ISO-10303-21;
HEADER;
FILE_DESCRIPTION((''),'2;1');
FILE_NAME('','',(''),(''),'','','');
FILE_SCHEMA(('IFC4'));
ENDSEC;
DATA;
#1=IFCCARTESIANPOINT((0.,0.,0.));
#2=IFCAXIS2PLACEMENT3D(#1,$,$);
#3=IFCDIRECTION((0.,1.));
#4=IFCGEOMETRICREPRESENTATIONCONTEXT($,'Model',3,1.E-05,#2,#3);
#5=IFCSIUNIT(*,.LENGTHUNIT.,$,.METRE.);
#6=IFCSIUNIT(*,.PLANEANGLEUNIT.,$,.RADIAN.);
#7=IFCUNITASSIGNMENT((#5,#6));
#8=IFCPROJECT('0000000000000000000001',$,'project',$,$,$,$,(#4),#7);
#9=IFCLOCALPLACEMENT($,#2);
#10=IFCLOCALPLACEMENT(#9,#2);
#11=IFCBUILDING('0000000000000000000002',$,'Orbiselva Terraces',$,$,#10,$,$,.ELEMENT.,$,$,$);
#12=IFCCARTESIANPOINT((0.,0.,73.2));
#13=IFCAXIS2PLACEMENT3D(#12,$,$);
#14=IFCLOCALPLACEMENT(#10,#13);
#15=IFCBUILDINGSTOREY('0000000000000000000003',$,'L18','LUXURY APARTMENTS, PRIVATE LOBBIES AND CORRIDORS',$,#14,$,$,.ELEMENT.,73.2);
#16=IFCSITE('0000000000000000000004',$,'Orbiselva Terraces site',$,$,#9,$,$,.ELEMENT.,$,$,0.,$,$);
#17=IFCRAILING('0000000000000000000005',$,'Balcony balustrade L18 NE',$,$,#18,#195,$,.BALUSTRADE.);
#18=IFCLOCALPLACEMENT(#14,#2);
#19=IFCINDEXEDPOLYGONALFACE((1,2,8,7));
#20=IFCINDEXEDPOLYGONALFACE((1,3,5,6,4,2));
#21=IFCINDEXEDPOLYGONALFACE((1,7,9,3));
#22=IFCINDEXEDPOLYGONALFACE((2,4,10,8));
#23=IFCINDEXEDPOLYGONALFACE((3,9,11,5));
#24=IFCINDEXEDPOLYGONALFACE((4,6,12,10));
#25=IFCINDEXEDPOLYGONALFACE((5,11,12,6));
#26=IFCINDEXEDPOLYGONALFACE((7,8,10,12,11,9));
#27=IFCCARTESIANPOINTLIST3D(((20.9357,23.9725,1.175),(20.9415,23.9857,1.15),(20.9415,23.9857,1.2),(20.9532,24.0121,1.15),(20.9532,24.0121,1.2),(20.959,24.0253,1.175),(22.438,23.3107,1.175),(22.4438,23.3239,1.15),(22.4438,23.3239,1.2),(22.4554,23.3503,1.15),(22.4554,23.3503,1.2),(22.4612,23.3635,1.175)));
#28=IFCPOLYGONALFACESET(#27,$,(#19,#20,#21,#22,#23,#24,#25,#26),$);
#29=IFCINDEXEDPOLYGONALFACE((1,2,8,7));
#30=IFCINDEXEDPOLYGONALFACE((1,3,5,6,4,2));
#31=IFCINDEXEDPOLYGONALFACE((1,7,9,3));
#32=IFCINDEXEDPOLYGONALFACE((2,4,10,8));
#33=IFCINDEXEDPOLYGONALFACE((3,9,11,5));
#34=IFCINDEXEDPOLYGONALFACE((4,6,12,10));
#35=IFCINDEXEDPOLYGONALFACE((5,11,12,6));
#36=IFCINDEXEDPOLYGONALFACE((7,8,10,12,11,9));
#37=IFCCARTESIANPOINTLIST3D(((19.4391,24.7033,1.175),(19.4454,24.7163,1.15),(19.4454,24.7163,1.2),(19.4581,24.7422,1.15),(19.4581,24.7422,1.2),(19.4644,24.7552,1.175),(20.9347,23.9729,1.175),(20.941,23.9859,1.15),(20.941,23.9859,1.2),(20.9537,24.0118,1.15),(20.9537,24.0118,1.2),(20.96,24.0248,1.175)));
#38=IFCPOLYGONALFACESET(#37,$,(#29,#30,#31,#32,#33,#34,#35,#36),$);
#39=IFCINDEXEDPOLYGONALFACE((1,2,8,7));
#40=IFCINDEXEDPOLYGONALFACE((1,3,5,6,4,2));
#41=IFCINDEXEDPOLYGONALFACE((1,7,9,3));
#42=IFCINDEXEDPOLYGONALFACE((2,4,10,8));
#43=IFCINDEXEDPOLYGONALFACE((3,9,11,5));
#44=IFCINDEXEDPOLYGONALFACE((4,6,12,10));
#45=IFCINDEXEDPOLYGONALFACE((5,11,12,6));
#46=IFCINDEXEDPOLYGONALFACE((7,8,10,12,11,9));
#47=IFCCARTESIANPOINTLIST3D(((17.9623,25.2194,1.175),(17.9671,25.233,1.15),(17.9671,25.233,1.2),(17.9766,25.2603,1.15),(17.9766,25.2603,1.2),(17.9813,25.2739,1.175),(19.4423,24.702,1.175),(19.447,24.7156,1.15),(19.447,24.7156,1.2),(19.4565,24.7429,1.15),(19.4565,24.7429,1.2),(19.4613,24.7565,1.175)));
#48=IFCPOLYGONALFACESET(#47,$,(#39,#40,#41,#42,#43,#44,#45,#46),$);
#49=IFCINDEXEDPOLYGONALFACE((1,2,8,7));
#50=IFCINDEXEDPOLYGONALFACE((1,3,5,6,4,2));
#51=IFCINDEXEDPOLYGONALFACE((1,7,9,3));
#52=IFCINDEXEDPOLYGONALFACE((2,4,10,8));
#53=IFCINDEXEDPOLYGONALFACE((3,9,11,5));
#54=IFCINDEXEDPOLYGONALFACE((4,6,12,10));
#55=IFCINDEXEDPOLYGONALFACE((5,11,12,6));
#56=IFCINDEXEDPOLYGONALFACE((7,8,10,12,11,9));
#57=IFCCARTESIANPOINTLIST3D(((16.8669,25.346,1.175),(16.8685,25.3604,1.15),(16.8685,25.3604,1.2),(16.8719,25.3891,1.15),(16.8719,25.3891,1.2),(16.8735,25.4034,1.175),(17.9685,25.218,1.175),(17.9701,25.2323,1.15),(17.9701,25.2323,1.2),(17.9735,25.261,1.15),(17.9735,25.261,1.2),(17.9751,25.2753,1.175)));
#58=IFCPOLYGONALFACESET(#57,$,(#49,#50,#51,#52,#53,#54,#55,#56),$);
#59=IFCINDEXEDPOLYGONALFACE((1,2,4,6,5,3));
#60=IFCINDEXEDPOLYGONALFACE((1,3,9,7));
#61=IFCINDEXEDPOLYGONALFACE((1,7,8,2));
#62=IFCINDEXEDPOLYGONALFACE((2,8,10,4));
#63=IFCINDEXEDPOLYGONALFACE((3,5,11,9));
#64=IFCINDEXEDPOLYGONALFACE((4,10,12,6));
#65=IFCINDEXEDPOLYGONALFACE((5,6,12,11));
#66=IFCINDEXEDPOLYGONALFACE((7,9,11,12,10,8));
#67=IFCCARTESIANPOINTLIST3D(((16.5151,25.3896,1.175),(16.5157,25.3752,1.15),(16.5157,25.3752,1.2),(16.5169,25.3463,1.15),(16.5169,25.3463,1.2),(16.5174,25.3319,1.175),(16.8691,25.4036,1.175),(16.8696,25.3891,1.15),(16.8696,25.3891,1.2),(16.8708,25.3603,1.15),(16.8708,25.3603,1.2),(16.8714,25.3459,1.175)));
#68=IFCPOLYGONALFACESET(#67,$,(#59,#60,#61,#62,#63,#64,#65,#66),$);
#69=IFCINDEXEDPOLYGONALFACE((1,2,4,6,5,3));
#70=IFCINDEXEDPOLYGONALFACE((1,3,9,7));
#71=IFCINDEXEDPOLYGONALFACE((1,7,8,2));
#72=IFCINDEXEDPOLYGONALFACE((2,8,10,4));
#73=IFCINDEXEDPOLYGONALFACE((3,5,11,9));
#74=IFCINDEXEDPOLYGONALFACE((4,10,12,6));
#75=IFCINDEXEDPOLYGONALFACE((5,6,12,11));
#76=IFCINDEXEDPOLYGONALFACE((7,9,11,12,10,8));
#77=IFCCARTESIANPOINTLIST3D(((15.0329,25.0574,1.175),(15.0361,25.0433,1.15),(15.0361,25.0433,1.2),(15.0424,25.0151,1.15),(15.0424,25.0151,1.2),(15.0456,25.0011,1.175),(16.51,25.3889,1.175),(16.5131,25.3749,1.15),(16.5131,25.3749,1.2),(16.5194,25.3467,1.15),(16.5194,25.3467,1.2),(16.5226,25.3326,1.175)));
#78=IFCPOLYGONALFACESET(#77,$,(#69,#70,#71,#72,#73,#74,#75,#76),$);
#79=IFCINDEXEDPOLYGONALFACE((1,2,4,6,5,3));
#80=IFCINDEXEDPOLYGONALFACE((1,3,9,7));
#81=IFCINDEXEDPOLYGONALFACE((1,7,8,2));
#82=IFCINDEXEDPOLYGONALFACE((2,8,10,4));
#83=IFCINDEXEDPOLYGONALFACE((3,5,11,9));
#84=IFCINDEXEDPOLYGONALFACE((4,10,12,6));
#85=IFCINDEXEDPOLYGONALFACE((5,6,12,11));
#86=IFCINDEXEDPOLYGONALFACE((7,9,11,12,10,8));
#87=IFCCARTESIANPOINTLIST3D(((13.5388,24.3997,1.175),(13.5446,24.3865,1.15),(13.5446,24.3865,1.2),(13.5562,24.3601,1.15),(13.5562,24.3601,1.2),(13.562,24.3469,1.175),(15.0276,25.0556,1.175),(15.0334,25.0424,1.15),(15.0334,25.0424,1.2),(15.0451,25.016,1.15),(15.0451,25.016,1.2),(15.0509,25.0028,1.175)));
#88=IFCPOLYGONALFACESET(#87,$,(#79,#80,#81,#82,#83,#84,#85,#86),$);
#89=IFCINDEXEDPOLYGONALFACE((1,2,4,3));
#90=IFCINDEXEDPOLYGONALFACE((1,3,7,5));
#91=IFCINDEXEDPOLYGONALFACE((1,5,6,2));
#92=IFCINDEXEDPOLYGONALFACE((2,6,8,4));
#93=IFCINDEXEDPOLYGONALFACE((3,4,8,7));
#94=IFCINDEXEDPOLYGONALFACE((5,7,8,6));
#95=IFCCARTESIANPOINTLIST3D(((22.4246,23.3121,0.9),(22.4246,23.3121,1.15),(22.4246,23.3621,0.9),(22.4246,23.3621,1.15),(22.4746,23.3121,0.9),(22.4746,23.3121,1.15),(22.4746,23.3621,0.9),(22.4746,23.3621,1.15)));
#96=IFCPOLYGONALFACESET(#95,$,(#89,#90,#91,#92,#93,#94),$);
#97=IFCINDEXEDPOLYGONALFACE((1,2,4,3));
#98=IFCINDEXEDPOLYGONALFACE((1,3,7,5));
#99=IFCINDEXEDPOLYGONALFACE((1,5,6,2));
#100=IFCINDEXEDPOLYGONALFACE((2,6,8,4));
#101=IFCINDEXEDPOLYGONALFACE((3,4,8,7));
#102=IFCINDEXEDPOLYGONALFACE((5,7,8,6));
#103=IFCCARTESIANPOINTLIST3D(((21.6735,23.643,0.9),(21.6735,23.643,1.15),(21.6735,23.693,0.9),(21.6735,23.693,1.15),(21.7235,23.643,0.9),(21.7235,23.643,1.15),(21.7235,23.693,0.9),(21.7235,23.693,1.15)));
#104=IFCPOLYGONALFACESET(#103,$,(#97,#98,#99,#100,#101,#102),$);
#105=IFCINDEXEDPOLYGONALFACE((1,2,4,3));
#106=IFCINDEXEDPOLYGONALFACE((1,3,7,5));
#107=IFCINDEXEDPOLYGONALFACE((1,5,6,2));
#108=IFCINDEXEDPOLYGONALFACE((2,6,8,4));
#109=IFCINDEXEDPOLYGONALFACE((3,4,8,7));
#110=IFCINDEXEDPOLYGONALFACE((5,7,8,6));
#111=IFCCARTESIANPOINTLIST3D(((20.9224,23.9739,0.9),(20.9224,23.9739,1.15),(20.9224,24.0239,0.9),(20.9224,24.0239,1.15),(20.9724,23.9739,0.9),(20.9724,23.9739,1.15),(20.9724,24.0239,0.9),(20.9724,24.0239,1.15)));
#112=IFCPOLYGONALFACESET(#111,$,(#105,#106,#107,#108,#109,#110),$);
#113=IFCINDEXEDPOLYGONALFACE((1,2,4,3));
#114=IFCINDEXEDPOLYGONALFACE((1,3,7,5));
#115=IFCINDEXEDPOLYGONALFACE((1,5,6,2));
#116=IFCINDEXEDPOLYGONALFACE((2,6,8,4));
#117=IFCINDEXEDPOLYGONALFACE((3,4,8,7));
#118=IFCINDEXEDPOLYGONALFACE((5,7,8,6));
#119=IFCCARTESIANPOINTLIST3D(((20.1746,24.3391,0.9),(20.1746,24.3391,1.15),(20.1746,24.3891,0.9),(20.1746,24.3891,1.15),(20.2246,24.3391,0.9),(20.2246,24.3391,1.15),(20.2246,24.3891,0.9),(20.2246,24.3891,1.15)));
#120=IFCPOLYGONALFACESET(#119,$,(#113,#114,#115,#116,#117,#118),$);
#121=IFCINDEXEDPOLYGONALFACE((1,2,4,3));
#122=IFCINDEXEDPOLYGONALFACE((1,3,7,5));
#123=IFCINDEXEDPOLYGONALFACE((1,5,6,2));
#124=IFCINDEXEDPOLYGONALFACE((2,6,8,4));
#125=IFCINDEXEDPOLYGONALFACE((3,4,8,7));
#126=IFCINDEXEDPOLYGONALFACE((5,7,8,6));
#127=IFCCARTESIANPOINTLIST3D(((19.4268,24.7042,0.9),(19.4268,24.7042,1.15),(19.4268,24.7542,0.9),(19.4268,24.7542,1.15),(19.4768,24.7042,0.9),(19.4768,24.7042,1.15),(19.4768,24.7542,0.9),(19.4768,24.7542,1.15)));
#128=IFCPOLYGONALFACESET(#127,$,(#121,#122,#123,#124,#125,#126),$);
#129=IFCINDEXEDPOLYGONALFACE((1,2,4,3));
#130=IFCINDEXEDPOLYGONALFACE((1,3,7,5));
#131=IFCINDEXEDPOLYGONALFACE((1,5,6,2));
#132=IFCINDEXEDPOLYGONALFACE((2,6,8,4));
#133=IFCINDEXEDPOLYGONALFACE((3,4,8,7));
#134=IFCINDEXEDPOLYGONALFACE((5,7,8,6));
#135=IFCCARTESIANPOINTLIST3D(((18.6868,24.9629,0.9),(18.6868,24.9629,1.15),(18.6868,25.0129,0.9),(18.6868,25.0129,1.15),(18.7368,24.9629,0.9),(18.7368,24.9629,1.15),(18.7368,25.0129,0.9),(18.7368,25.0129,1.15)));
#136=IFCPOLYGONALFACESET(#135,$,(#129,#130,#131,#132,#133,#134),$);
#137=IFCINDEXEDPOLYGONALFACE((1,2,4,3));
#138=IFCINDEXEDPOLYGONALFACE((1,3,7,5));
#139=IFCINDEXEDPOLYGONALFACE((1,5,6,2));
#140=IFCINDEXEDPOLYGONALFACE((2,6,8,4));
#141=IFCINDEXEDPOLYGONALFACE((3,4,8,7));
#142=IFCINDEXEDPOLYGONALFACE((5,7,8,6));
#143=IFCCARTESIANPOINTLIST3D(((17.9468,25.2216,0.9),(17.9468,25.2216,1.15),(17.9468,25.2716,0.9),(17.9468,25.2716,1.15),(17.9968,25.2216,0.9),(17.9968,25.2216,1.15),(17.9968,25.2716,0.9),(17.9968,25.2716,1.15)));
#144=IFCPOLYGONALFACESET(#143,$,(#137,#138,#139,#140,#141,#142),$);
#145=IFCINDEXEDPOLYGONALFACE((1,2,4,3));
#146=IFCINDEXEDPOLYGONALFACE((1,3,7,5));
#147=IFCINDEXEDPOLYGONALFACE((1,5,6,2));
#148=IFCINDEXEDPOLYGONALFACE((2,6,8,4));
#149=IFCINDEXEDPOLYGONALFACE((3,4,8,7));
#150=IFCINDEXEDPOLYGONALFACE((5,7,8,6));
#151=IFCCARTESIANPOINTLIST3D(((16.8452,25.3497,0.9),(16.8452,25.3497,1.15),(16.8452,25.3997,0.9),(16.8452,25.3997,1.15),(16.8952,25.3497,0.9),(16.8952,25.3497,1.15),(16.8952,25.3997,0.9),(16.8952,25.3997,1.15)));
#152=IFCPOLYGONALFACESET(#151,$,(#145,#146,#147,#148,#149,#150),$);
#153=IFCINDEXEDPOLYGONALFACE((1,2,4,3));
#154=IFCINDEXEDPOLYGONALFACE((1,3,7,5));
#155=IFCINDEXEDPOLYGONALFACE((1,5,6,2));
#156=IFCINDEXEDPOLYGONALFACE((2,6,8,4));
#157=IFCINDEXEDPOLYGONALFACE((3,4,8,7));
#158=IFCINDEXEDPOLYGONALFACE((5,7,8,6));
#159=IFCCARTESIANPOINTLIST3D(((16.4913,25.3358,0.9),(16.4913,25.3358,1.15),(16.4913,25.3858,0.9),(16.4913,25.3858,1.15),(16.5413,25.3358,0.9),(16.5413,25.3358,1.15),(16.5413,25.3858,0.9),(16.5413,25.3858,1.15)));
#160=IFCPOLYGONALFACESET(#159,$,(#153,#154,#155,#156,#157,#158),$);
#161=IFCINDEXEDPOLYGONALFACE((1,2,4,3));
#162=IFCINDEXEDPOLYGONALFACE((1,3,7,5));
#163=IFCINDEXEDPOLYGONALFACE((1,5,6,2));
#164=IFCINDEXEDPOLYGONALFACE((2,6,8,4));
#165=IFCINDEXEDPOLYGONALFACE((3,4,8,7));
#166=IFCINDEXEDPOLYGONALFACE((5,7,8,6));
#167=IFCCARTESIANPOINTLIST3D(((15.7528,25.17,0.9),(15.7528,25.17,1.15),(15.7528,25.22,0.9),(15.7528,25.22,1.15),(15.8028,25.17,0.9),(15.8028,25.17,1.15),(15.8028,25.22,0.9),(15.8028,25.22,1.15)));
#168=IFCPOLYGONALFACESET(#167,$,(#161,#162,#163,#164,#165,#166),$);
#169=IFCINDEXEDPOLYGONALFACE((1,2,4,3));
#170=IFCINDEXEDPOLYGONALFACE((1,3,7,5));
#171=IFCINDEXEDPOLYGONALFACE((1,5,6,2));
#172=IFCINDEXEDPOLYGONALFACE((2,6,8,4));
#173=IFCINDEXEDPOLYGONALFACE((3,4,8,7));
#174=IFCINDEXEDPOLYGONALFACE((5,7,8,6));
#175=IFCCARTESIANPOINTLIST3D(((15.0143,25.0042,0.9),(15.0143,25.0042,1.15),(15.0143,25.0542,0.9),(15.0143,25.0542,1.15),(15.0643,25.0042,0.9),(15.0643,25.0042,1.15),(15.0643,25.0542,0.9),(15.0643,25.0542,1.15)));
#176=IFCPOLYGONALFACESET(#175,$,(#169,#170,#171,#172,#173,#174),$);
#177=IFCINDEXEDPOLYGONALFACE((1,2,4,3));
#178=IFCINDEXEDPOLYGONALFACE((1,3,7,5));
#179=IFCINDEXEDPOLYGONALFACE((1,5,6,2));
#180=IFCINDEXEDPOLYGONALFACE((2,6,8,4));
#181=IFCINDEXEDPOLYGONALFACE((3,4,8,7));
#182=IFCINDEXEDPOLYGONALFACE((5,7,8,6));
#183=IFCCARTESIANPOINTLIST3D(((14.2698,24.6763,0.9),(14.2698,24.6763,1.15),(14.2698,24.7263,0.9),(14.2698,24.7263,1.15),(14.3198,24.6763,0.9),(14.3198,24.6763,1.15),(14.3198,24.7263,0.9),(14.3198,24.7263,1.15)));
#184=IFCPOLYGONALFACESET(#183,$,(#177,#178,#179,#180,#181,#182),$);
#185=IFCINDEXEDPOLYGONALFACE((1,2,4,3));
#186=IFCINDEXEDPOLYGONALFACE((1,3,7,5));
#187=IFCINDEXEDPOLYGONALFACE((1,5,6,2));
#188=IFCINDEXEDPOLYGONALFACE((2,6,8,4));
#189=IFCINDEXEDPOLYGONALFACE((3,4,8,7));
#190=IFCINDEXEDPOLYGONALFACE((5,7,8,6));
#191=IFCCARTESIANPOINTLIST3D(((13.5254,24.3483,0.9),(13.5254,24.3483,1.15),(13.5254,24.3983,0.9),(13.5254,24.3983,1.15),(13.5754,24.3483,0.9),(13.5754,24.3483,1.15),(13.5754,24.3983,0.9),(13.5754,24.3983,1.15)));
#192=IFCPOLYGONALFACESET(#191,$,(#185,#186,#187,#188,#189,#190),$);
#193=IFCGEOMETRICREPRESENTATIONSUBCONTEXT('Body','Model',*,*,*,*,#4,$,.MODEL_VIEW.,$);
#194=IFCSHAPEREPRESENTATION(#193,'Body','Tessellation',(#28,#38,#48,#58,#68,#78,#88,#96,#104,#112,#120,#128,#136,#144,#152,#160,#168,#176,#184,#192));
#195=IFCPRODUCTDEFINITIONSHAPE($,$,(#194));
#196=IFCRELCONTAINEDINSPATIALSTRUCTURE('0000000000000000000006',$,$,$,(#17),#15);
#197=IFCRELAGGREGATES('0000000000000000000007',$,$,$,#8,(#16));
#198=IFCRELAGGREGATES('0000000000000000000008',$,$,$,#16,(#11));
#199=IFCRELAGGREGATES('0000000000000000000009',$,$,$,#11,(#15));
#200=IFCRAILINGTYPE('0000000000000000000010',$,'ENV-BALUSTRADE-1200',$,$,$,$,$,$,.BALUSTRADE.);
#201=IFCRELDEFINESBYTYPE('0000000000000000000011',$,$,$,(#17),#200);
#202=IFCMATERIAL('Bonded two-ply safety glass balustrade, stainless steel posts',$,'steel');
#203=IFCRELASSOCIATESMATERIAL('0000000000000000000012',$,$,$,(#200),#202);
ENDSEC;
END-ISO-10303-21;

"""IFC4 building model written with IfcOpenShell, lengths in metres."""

from ifc_helpers import new_model, si_unit, direction, frame, origin, origin_2d, place, context, subcontext, project, spatial, polyline, rectangle, outline, extrude, material, type_object, element, save


model = new_model("IFC4")

# Units and contexts
model_context = context("Model", 3, precision=1e-05, world=origin(), true_north=direction((0.0, 1.0)))
body_context = subcontext(model_context, "Body", "Model", "MODEL_VIEW")
ifc_project = project(units=[si_unit("LENGTHUNIT", "METRE"), si_unit("PLANEANGLEUNIT", "RADIAN")], contexts=[model_context])

# Site, building, storey
site_placement = place(None, origin())
site = spatial("IfcSite", under=ifc_project, at=site_placement, Name="Orbiselva Terraces site", CompositionType="ELEMENT", RefElevation=0.0)
building_placement = place(site_placement, origin())
building = spatial("IfcBuilding", under=site, at=building_placement, Name="Orbiselva Terraces", CompositionType="ELEMENT")
storey_placement = place(building_placement, frame((0.0, 0.0, 73.2)))
storey = spatial("IfcBuildingStorey", under=building, at=storey_placement, Name="L18", Description="LUXURY APARTMENTS, PRIVATE LOBBIES AND CORRIDORS", CompositionType="ELEMENT", Elevation=73.2)

# Railing
ifc_material_1 = material(Name="Bonded two-ply safety glass balustrade, stainless steel posts", Category="steel")
railing_type_1 = type_object("IfcRailingType", Name="ENV-BALUSTRADE-1200", PredefinedType="BALUSTRADE", material=ifc_material_1)
railing_1_placement = place(storey_placement, frame((22.4496, 23.3371, 0.9)))
element("IfcRailing", 1, at=railing_1_placement, inside=storey, type_object=railing_type_1, Name="Balcony balustrade L18 NE", PredefinedType="BALUSTRADE", context=body_context, shape_type="SweptSolid", body=[
    extrude(outline(polyline([(0.0289, 0.0), (0.0144, 0.025), (-0.0144, 0.025), (-0.0289, 0.0), (-0.0144, -0.025), (0.0144, -0.025), (0.0289, 0.0)])), frame((0.0, 0.0, 0.275), z_axis=(-0.915133, 0.403151, 0.0), x_axis=(-0.403151, -0.915133, 0.0)), (0.0, 0.0, 1.0), 1.6416),
    extrude(outline(polyline([(0.0289, 0.0), (0.0144, 0.025), (-0.0144, 0.025), (-0.0289, 0.0), (-0.0144, -0.025), (0.0144, -0.025), (0.0289, 0.0)])), frame((-1.5022, 0.6618, 0.275), z_axis=(-0.898579, 0.438812, 0.0), x_axis=(-0.438812, -0.898579, 0.0)), (0.0, 0.0, 1.0), 1.6644),
    extrude(outline(polyline([(0.0289, 0.0), (0.0144, 0.025), (-0.0144, 0.025), (-0.0289, 0.0), (-0.0144, -0.025), (0.0144, -0.025), (0.0289, 0.0)])), frame((-2.9978, 1.3921, 0.275), z_axis=(-0.943972, 0.330025, 0.0), x_axis=(-0.330025, -0.943972, 0.0)), (0.0, 0.0, 1.0), 1.5678),
    extrude(outline(polyline([(0.0289, 0.0), (0.0144, 0.025), (-0.0144, 0.025), (-0.0289, 0.0), (-0.0144, -0.025), (0.0144, -0.025), (0.0289, 0.0)])), frame((-4.4778, 1.9096, 0.275), z_axis=(-0.99331, 0.115481, 0.0), x_axis=(-0.115481, -0.99331, 0.0)), (0.0, 0.0, 1.0), 1.109),
    extrude(outline(polyline([(0.0289, 0.0), (0.0144, 0.025), (-0.0144, 0.025), (-0.0289, 0.0), (-0.0144, -0.025), (0.0144, -0.025), (0.0289, 0.0)])), frame((-5.5794, 2.0376, 0.275), z_axis=(-0.999225, -0.039364, 0.0), x_axis=(0.039364, -0.999225, 0.0)), (0.0, 0.0, 1.0), 0.3542),
    extrude(outline(polyline([(0.0289, 0.0), (0.0144, 0.025), (-0.0144, 0.025), (-0.0289, 0.0), (-0.0144, -0.025), (0.0144, -0.025), (0.0289, 0.0)])), frame((-5.9333, 2.0237, 0.275), z_axis=(-0.975721, -0.219016, 0.0), x_axis=(0.219016, -0.975721, 0.0)), (0.0, 0.0, 1.0), 1.5138),
    extrude(outline(polyline([(0.0289, 0.0), (0.0144, 0.025), (-0.0144, 0.025), (-0.0289, 0.0), (-0.0144, -0.025), (0.0144, -0.025), (0.0289, 0.0)])), frame((-7.4104, 1.6921, 0.275), z_axis=(-0.915133, -0.403151, 0.0), x_axis=(0.403151, -0.915133, 0.0)), (0.0, 0.0, 1.0), 1.6269),
    extrude(rectangle(XDim=0.05, YDim=0.05, at=origin_2d()), origin(), (0.0, 0.0, 1.0), 0.25),
    extrude(rectangle(XDim=0.05, YDim=0.05, at=origin_2d()), frame((-0.7511, 0.3309, 0.0)), (0.0, 0.0, 1.0), 0.25),
    extrude(rectangle(XDim=0.05, YDim=0.05, at=origin_2d()), frame((-1.5022, 0.6618, 0.0)), (0.0, 0.0, 1.0), 0.25),
    extrude(rectangle(XDim=0.05, YDim=0.05, at=origin_2d()), frame((-2.25, 1.027, 0.0)), (0.0, 0.0, 1.0), 0.25),
    extrude(rectangle(XDim=0.05, YDim=0.05, at=origin_2d()), frame((-2.9978, 1.3921, 0.0)), (0.0, 0.0, 1.0), 0.25),
    extrude(rectangle(XDim=0.05, YDim=0.05, at=origin_2d()), frame((-3.7378, 1.6509, 0.0)), (0.0, 0.0, 1.0), 0.25),
    extrude(rectangle(XDim=0.05, YDim=0.05, at=origin_2d()), frame((-4.4778, 1.9096, 0.0)), (0.0, 0.0, 1.0), 0.25),
    extrude(rectangle(XDim=0.05, YDim=0.05, at=origin_2d()), frame((-5.5794, 2.0376, 0.0)), (0.0, 0.0, 1.0), 0.25),
    extrude(rectangle(XDim=0.05, YDim=0.05, at=origin_2d()), frame((-5.9333, 2.0237, 0.0)), (0.0, 0.0, 1.0), 0.25),
    extrude(rectangle(XDim=0.05, YDim=0.05, at=origin_2d()), frame((-6.6718, 1.8579, 0.0)), (0.0, 0.0, 1.0), 0.25),
    extrude(rectangle(XDim=0.05, YDim=0.05, at=origin_2d()), frame((-7.4104, 1.6921, 0.0)), (0.0, 0.0, 1.0), 0.25),
    extrude(rectangle(XDim=0.05, YDim=0.05, at=origin_2d()), frame((-8.1548, 1.3642, 0.0)), (0.0, 0.0, 1.0), 0.25),
    extrude(rectangle(XDim=0.05, YDim=0.05, at=origin_2d()), frame((-8.8992, 1.0362, 0.0)), (0.0, 0.0, 1.0), 0.25),
])

save(model, "model.ifc")
